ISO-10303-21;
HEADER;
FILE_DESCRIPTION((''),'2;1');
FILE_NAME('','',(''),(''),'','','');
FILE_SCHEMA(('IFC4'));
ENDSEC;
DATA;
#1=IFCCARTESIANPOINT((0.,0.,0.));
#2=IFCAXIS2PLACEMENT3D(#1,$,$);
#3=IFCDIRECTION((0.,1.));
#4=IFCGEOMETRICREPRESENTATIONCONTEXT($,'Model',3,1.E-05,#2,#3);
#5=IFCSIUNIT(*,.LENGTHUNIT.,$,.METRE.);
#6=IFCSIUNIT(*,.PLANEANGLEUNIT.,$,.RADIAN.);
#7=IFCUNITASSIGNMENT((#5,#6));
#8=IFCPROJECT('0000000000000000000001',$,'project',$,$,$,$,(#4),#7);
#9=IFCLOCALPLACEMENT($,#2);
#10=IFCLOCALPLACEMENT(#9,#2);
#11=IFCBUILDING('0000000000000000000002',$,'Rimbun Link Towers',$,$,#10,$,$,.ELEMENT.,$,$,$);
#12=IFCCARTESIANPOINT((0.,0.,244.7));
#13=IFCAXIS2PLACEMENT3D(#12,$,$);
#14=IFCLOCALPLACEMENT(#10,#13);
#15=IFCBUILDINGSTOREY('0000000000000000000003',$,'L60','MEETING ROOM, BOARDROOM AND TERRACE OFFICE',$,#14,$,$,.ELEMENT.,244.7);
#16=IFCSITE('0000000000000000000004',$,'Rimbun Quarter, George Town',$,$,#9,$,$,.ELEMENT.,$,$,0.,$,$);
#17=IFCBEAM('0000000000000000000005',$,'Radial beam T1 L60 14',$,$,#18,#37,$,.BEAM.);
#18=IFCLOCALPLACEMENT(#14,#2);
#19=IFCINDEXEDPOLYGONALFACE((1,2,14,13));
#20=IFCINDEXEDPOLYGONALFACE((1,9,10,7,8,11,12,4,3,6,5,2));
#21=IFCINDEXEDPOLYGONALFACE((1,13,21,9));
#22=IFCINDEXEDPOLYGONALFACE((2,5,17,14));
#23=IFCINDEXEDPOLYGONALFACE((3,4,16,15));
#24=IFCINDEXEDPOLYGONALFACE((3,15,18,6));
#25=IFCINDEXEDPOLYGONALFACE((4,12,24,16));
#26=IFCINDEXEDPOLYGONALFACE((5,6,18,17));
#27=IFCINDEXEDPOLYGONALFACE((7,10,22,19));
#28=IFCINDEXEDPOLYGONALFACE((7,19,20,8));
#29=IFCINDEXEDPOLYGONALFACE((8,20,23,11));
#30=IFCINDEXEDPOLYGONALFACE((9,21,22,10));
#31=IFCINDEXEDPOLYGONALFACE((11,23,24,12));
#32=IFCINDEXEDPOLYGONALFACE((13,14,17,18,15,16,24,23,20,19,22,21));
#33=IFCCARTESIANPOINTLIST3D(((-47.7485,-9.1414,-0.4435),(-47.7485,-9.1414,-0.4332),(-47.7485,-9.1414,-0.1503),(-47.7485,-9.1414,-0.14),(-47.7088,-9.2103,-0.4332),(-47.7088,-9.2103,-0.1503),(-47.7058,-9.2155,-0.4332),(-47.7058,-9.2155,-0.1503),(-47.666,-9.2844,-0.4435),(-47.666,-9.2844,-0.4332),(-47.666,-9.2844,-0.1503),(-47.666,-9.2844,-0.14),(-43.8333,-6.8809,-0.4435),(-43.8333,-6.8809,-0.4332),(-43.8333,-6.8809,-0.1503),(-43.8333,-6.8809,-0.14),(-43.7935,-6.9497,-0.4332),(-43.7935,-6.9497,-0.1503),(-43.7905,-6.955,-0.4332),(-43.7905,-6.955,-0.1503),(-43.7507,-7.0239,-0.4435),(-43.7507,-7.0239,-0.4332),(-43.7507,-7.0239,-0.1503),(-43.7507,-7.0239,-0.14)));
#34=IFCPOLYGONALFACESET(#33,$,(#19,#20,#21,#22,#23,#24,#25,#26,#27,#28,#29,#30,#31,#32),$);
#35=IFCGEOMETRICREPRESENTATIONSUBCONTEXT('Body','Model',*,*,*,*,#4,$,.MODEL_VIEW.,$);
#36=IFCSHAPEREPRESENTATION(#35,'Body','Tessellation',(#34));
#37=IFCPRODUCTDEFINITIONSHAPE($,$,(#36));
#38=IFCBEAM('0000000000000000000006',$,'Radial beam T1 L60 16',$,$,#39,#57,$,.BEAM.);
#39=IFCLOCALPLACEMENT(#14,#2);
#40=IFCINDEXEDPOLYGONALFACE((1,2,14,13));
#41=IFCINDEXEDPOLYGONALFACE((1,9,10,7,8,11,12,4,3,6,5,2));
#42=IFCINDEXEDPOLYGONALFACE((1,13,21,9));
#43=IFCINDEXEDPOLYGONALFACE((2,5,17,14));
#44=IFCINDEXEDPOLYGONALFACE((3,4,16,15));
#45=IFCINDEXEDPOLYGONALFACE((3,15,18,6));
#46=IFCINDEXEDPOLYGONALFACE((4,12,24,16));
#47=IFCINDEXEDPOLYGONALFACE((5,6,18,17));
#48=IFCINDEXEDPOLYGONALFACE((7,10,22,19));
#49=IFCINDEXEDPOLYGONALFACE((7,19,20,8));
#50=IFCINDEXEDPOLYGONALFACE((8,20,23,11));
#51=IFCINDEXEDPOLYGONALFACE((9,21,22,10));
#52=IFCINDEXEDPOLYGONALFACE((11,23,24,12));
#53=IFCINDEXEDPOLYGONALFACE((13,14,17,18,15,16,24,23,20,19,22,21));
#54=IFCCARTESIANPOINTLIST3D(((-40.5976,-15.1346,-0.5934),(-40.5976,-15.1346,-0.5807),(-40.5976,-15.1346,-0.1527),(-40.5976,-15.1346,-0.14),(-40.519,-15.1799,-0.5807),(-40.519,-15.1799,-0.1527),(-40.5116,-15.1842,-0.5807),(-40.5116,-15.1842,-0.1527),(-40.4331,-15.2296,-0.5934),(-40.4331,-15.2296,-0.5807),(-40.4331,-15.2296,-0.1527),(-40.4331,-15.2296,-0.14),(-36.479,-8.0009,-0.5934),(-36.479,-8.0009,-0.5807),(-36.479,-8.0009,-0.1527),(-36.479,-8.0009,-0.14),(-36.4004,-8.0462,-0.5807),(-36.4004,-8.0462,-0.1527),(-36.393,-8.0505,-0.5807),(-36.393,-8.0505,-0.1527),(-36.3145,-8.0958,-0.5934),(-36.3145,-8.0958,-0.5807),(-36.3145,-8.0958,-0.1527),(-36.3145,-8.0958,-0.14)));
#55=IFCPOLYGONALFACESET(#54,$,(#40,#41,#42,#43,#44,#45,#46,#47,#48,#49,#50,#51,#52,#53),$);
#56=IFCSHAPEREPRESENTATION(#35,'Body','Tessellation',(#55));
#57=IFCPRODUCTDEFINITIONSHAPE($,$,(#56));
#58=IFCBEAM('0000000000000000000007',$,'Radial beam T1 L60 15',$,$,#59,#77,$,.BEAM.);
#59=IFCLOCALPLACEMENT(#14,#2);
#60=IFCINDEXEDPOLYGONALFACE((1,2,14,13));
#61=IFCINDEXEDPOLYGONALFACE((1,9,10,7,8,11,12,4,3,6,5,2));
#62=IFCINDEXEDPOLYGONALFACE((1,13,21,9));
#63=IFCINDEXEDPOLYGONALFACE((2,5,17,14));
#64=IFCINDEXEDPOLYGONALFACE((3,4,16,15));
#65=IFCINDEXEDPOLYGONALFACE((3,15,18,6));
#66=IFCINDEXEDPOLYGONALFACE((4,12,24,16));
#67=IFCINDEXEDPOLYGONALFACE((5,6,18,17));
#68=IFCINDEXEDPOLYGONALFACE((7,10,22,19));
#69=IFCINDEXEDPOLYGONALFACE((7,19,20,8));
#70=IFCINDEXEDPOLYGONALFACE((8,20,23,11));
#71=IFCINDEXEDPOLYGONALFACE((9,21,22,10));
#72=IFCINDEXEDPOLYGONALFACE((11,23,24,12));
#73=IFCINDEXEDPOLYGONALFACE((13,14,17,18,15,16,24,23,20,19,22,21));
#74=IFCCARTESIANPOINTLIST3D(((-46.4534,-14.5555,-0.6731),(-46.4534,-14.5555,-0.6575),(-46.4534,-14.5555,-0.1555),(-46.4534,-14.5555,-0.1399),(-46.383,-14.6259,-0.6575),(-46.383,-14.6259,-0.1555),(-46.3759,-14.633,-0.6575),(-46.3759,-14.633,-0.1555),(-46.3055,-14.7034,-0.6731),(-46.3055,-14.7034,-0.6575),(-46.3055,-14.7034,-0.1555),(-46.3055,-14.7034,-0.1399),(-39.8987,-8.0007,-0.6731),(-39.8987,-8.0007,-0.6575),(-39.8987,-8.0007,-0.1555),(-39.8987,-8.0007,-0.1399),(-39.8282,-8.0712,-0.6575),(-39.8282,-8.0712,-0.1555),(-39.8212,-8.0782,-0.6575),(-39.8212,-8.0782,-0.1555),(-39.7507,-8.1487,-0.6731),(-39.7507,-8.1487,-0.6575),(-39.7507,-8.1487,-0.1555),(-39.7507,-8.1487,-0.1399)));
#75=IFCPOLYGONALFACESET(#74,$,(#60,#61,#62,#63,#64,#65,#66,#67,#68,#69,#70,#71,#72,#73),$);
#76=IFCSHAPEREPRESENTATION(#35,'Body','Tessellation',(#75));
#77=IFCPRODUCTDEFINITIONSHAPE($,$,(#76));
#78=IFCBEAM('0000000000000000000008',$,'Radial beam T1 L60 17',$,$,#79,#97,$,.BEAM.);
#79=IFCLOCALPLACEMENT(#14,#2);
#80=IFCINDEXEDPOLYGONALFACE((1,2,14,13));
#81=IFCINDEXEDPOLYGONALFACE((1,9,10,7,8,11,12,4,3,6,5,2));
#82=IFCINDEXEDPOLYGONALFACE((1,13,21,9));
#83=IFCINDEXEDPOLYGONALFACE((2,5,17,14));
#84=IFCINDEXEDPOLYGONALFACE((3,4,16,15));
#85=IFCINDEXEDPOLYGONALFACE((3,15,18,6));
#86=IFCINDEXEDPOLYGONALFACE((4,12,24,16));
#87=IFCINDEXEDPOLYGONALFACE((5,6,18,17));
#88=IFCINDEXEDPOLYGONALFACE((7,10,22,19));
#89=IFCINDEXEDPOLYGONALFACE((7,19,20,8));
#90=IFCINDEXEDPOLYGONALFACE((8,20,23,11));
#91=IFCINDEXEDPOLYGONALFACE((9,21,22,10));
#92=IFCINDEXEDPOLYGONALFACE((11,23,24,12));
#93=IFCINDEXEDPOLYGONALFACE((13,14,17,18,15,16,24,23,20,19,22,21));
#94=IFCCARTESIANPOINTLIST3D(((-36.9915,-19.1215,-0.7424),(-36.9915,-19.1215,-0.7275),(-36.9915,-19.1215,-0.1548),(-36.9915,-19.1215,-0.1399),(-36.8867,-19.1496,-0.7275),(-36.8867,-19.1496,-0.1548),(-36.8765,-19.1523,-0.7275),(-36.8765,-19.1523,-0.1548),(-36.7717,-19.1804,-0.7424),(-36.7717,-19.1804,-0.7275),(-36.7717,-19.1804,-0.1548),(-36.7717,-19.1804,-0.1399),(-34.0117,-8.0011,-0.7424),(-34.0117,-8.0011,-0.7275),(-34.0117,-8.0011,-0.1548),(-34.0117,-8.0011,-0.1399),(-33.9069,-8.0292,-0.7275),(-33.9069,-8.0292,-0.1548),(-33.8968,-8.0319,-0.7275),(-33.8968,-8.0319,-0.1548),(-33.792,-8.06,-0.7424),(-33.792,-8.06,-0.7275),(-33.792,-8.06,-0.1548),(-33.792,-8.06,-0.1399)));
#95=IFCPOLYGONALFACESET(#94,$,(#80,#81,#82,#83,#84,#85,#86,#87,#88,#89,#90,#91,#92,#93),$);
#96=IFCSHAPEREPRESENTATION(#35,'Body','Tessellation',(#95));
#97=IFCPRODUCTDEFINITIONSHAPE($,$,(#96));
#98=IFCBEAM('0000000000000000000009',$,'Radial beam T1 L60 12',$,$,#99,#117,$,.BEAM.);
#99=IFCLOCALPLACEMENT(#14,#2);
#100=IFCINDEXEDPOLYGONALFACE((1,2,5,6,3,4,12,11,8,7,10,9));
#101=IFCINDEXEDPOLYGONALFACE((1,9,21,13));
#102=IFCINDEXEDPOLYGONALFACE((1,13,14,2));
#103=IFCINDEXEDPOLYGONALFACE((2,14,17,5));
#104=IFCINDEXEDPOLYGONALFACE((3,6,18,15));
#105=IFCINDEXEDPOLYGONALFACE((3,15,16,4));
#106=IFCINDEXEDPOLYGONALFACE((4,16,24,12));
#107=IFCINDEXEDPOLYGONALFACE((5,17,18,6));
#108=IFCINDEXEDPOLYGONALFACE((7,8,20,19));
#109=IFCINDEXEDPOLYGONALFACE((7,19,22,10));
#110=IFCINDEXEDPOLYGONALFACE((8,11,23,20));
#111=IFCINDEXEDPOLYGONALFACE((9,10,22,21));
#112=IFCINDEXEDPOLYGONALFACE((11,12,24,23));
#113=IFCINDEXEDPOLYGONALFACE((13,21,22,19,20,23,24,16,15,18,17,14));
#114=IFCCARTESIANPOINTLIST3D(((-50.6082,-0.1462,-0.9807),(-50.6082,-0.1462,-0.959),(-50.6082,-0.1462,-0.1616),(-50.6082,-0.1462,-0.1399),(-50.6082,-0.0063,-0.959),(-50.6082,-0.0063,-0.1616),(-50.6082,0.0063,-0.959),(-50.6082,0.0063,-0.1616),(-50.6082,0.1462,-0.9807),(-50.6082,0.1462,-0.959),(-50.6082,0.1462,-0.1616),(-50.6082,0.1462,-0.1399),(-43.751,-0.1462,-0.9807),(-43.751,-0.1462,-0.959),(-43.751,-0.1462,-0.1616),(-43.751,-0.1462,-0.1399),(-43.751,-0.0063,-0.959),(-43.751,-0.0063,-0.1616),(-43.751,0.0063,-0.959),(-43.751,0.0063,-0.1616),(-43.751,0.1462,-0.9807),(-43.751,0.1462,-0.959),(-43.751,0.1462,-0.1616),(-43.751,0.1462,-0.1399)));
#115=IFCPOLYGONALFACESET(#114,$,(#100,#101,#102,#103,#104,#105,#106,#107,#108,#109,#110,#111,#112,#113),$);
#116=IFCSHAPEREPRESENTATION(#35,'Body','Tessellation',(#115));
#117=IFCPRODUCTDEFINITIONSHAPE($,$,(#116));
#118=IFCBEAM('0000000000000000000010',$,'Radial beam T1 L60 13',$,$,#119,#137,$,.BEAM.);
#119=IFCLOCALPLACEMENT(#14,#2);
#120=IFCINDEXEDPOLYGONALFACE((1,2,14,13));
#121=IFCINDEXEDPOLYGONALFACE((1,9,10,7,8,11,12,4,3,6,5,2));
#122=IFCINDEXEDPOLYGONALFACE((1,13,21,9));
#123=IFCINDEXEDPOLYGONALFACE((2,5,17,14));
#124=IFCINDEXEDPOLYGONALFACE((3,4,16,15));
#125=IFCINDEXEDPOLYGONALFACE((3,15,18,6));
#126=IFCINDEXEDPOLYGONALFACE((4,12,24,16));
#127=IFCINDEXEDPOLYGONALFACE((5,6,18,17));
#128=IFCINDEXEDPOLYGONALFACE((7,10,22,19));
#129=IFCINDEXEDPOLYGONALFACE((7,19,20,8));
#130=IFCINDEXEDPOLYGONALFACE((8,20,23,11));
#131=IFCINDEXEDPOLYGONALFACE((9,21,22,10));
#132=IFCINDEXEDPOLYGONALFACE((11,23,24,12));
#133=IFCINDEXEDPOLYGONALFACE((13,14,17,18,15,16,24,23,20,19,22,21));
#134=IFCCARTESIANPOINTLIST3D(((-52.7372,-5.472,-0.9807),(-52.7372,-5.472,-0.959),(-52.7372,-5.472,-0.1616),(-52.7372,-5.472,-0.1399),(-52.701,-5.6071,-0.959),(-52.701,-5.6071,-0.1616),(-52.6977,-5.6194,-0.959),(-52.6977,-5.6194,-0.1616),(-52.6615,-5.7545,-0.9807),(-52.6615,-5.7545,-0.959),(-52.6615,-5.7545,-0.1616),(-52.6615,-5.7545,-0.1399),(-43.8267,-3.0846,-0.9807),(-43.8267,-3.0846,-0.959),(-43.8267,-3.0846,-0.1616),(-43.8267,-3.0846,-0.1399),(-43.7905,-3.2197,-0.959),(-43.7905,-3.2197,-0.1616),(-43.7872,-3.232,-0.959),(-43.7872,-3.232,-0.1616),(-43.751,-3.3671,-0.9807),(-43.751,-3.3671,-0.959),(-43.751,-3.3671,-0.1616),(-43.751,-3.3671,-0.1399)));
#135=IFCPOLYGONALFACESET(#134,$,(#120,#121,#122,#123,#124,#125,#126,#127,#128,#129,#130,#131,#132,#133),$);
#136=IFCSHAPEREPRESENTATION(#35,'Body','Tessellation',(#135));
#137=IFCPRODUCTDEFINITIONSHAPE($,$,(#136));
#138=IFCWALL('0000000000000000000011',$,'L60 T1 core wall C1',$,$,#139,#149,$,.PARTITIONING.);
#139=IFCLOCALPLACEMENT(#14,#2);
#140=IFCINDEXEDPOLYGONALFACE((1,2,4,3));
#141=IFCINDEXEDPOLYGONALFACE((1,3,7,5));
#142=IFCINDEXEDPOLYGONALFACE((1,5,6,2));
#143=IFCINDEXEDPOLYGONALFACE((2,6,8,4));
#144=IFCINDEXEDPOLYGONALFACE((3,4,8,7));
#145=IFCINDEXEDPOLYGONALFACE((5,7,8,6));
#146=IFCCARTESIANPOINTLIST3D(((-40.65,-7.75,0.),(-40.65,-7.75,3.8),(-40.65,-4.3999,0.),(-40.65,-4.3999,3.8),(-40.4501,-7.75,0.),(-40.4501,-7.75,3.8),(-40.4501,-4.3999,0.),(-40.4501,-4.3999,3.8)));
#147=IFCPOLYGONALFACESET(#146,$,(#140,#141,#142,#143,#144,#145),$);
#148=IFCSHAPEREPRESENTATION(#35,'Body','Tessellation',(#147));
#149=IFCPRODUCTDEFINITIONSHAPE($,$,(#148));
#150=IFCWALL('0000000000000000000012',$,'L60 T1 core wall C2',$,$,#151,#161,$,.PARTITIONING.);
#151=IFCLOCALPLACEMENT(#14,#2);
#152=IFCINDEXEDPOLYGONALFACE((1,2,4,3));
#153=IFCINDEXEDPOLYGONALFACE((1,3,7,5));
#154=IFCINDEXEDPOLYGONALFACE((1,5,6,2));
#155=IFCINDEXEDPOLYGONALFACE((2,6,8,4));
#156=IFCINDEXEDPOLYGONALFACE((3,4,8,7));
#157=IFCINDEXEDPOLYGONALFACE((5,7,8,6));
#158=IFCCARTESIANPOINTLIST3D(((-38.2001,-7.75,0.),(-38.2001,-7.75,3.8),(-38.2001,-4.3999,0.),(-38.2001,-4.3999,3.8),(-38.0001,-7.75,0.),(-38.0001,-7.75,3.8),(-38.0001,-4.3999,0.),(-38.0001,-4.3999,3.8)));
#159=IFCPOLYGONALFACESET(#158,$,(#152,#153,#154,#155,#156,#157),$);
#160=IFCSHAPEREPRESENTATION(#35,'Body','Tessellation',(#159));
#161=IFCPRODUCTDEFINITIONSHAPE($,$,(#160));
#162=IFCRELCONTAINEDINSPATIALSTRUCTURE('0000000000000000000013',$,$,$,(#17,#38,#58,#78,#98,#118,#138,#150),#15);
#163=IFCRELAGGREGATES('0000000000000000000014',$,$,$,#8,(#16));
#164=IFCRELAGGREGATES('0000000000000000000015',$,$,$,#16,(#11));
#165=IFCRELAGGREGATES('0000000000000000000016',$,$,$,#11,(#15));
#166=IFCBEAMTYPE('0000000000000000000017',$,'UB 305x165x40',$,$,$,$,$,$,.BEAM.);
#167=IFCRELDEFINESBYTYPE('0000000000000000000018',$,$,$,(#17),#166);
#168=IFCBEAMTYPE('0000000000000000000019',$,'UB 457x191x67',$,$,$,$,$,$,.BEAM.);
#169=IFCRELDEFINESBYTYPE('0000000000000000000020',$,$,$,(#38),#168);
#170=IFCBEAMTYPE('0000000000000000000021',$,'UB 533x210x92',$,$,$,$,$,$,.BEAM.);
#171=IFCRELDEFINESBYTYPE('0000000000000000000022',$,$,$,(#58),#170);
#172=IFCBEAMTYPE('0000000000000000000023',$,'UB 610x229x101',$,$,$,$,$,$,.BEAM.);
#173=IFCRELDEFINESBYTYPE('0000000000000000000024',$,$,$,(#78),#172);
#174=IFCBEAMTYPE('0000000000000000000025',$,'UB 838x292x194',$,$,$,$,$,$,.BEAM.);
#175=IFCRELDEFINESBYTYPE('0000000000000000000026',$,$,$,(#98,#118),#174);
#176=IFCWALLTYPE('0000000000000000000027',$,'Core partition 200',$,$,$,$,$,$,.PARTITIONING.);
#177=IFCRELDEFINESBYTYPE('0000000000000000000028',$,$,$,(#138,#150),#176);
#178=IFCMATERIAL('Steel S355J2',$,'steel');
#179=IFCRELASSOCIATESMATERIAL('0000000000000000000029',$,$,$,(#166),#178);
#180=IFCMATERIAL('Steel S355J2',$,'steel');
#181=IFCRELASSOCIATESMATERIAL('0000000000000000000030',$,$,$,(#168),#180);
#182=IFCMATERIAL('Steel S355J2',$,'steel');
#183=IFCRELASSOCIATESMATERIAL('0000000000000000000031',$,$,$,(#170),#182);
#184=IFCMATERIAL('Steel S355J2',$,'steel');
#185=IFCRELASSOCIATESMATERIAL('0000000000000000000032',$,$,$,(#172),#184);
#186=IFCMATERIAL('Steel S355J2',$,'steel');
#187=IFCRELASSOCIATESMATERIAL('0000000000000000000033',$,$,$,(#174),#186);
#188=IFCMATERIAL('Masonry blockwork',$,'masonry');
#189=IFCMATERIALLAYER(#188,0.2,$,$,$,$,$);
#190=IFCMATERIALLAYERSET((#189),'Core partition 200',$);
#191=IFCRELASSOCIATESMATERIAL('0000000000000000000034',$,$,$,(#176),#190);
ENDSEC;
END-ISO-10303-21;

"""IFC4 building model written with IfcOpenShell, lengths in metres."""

from ifc_helpers import new_model, si_unit, direction, frame, frame_2d, origin, origin_2d, place, context, subcontext, project, spatial, rectangle, i_section, extrude, material, layer, layer_set, material_profile, profile_set, type_object, element, save


model = new_model("IFC4")

# Units and contexts
model_context = context("Model", 3, precision=1e-05, world=origin(), true_north=direction((0.0, 1.0)))
body_context = subcontext(model_context, "Body", "Model", "MODEL_VIEW")
ifc_project = project(units=[si_unit("LENGTHUNIT", "METRE"), si_unit("PLANEANGLEUNIT", "RADIAN")], contexts=[model_context])

# Site, building, storey
site_placement = place(None, origin())
site = spatial("IfcSite", under=ifc_project, at=site_placement, Name="Rimbun Quarter, George Town", CompositionType="ELEMENT", RefElevation=0.0)
building_placement = place(site_placement, origin())
building = spatial("IfcBuilding", under=site, at=building_placement, Name="Rimbun Link Towers", CompositionType="ELEMENT")
storey_placement = place(building_placement, frame((0.0, 0.0, 244.7)))
storey = spatial("IfcBuildingStorey", under=building, at=storey_placement, Name="L60", Description="MEETING ROOM, BOARDROOM AND TERRACE OFFICE", CompositionType="ELEMENT", Elevation=244.7)

# Beams
ifc_material_1 = material(Name="Steel S355J2", Category="steel")
ifc_material_profile_1 = material_profile(ifc_material_1, i_section(OverallWidth=0.165, OverallDepth=0.3035, WebThickness=0.0061, FlangeThickness=0.0103, at=origin_2d()), Name="UB 305x165x40")
ifc_profile_set_1 = profile_set([ifc_material_profile_1], Name="Steel S355J2")
beam_type_1 = type_object("IfcBeamType", Name="UB 305x165x40", PredefinedType="BEAM", material=ifc_profile_set_1)
beam_1_placement = place(storey_placement, frame((-43.792, -6.9524, -0.2917), z_axis=(-0.866025, -0.500001, 0.0), x_axis=(0.500001, -0.866025, 0.0)))
element("IfcBeam", 1, at=beam_1_placement, inside=storey, type_object=beam_type_1, Name="Radial beam T1 L60 14", PredefinedType="BEAM", context=body_context, shape_type="SweptSolid", body=[
    extrude(i_section(OverallWidth=0.165, OverallDepth=0.3035, WebThickness=0.0061, FlangeThickness=0.0103, at=origin_2d()), origin(), (0.0, 0.0, 1.0), 4.521),
])
ifc_material_2 = material(Name="Steel S355J2", Category="steel")
ifc_material_profile_2 = material_profile(ifc_material_2, i_section(OverallWidth=0.1899, OverallDepth=0.4534, WebThickness=0.0085, FlangeThickness=0.0127, at=origin_2d()), Name="UB 457x191x67")
ifc_profile_set_2 = profile_set([ifc_material_profile_2], Name="Steel S355J2")
beam_type_2 = type_object("IfcBeamType", Name="UB 457x191x67", PredefinedType="BEAM", material=ifc_profile_set_2)
beam_2_placement = place(storey_placement, frame((-36.3967, -8.0483, -0.3667), z_axis=(-0.499996, -0.866028, 0.0), x_axis=(0.866028, -0.499996, 0.0)))
element("IfcBeam", 2, at=beam_2_placement, inside=storey, type_object=beam_type_2, Name="Radial beam T1 L60 16", PredefinedType="BEAM", context=body_context, shape_type="SweptSolid", body=[
    extrude(i_section(OverallWidth=0.1899, OverallDepth=0.4534, WebThickness=0.0085, FlangeThickness=0.0127, at=origin_2d()), origin(), (0.0, 0.0, 1.0), 8.2373),
])
ifc_material_3 = material(Name="Steel S355J2", Category="steel")
ifc_material_profile_3 = material_profile(ifc_material_3, i_section(OverallWidth=0.2092, OverallDepth=0.5332, WebThickness=0.01, FlangeThickness=0.0156, at=origin_2d()), Name="UB 533x210x92")
ifc_profile_set_3 = profile_set([ifc_material_profile_3], Name="Steel S355J2")
beam_type_3 = type_object("IfcBeamType", Name="UB 533x210x92", PredefinedType="BEAM", material=ifc_profile_set_3)
beam_3_placement = place(storey_placement, frame((-39.8247, -8.0747, -0.4065), z_axis=(-0.707107, -0.707107, 0.0), x_axis=(0.707107, -0.707107, 0.0)))
element("IfcBeam", 3, at=beam_3_placement, inside=storey, type_object=beam_type_3, Name="Radial beam T1 L60 15", PredefinedType="BEAM", context=body_context, shape_type="SweptSolid", body=[
    extrude(i_section(OverallWidth=0.2092, OverallDepth=0.5332, WebThickness=0.01, FlangeThickness=0.0156, at=origin_2d()), origin(), (0.0, 0.0, 1.0), 9.2698),
])
ifc_material_4 = material(Name="Steel S355J2", Category="steel")
ifc_material_profile_4 = material_profile(ifc_material_4, i_section(OverallWidth=0.2275, OverallDepth=0.6025, WebThickness=0.0105, FlangeThickness=0.0149, at=origin_2d()), Name="UB 610x229x101")
ifc_profile_set_4 = profile_set([ifc_material_profile_4], Name="Steel S355J2")
beam_type_4 = type_object("IfcBeamType", Name="UB 610x229x101", PredefinedType="BEAM", material=ifc_profile_set_4)
beam_4_placement = place(storey_placement, frame((-33.9019, -8.0305, -0.4412), z_axis=(-0.258823, -0.965925, 0.0), x_axis=(0.965925, -0.258823, 0.0)))
element("IfcBeam", 4, at=beam_4_placement, inside=storey, type_object=beam_type_4, Name="Radial beam T1 L60 17", PredefinedType="BEAM", context=body_context, shape_type="SweptSolid", body=[
    extrude(i_section(OverallWidth=0.2275, OverallDepth=0.6025, WebThickness=0.0105, FlangeThickness=0.0149, at=origin_2d()), origin(), (0.0, 0.0, 1.0), 11.5127),
])
ifc_material_5 = material(Name="Steel S355J2", Category="steel")
ifc_material_profile_5 = material_profile(ifc_material_5, i_section(OverallWidth=0.2925, OverallDepth=0.8408, WebThickness=0.0127, FlangeThickness=0.0217, at=origin_2d()), Name="UB 838x292x194")
ifc_profile_set_5 = profile_set([ifc_material_profile_5], Name="Steel S355J2")
beam_type_5 = type_object("IfcBeamType", Name="UB 838x292x194", PredefinedType="BEAM", material=ifc_profile_set_5)
beam_5_placement = place(storey_placement, frame((-43.751, 0.0, -0.5603), z_axis=(-1.0, 0.0, 0.0), x_axis=(0.0, -1.0, 0.0)))
element("IfcBeam", 5, at=beam_5_placement, inside=storey, type_object=beam_type_5, Name="Radial beam T1 L60 12", PredefinedType="BEAM", context=body_context, shape_type="SweptSolid", body=[
    extrude(i_section(OverallWidth=0.2925, OverallDepth=0.8408, WebThickness=0.0127, FlangeThickness=0.0217, at=origin_2d()), origin(), (0.0, 0.0, 1.0), 6.8572),
])
beam_6_placement = place(storey_placement, frame((-43.7888, -3.2258, -0.5603), z_axis=(-0.96593, -0.258804, 0.0), x_axis=(0.258804, -0.96593, 0.0)))
element("IfcBeam", 6, at=beam_6_placement, inside=storey, type_object=beam_type_5, Name="Radial beam T1 L60 13", PredefinedType="BEAM", context=body_context, shape_type="SweptSolid", body=[
    extrude(i_section(OverallWidth=0.2925, OverallDepth=0.8408, WebThickness=0.0127, FlangeThickness=0.0217, at=origin_2d()), origin(), (0.0, 0.0, 1.0), 9.2249),
])

# Walls
ifc_material_6 = material(Name="Masonry blockwork", Category="masonry")
ifc_layer_1 = layer(ifc_material_6, 0.2)
ifc_layer_set_1 = layer_set([ifc_layer_1], Name="Core partition 200")
wall_type_1 = type_object("IfcWallType", Name="Core partition 200", PredefinedType="PARTITIONING", material=ifc_layer_set_1)
for number, where, z_axis, x_axis, name in (
    (7, (-40.55, -4.3999, 0.0), (0.0, 0.0, 1.0), (0.0, -1.0, 0.0), "L60 T1 core wall C1"),
    (8, (-38.1001, -4.3999, 0.0), (0.0, 0.0, 1.0), (0.0, -1.0, 0.0), "L60 T1 core wall C2"),
):
    element("IfcWall", number, at=place(storey_placement, frame(where, z_axis=z_axis, x_axis=x_axis)), inside=storey, type_object=wall_type_1, Name=name, PredefinedType="PARTITIONING", context=body_context, shape_type="SweptSolid", body=[
        extrude(rectangle(XDim=3.3501, YDim=0.2, at=frame_2d((1.675, 0.0))), origin(), (0.0, 0.0, 1.0), 3.8),
    ])

save(model, "model.ifc")
